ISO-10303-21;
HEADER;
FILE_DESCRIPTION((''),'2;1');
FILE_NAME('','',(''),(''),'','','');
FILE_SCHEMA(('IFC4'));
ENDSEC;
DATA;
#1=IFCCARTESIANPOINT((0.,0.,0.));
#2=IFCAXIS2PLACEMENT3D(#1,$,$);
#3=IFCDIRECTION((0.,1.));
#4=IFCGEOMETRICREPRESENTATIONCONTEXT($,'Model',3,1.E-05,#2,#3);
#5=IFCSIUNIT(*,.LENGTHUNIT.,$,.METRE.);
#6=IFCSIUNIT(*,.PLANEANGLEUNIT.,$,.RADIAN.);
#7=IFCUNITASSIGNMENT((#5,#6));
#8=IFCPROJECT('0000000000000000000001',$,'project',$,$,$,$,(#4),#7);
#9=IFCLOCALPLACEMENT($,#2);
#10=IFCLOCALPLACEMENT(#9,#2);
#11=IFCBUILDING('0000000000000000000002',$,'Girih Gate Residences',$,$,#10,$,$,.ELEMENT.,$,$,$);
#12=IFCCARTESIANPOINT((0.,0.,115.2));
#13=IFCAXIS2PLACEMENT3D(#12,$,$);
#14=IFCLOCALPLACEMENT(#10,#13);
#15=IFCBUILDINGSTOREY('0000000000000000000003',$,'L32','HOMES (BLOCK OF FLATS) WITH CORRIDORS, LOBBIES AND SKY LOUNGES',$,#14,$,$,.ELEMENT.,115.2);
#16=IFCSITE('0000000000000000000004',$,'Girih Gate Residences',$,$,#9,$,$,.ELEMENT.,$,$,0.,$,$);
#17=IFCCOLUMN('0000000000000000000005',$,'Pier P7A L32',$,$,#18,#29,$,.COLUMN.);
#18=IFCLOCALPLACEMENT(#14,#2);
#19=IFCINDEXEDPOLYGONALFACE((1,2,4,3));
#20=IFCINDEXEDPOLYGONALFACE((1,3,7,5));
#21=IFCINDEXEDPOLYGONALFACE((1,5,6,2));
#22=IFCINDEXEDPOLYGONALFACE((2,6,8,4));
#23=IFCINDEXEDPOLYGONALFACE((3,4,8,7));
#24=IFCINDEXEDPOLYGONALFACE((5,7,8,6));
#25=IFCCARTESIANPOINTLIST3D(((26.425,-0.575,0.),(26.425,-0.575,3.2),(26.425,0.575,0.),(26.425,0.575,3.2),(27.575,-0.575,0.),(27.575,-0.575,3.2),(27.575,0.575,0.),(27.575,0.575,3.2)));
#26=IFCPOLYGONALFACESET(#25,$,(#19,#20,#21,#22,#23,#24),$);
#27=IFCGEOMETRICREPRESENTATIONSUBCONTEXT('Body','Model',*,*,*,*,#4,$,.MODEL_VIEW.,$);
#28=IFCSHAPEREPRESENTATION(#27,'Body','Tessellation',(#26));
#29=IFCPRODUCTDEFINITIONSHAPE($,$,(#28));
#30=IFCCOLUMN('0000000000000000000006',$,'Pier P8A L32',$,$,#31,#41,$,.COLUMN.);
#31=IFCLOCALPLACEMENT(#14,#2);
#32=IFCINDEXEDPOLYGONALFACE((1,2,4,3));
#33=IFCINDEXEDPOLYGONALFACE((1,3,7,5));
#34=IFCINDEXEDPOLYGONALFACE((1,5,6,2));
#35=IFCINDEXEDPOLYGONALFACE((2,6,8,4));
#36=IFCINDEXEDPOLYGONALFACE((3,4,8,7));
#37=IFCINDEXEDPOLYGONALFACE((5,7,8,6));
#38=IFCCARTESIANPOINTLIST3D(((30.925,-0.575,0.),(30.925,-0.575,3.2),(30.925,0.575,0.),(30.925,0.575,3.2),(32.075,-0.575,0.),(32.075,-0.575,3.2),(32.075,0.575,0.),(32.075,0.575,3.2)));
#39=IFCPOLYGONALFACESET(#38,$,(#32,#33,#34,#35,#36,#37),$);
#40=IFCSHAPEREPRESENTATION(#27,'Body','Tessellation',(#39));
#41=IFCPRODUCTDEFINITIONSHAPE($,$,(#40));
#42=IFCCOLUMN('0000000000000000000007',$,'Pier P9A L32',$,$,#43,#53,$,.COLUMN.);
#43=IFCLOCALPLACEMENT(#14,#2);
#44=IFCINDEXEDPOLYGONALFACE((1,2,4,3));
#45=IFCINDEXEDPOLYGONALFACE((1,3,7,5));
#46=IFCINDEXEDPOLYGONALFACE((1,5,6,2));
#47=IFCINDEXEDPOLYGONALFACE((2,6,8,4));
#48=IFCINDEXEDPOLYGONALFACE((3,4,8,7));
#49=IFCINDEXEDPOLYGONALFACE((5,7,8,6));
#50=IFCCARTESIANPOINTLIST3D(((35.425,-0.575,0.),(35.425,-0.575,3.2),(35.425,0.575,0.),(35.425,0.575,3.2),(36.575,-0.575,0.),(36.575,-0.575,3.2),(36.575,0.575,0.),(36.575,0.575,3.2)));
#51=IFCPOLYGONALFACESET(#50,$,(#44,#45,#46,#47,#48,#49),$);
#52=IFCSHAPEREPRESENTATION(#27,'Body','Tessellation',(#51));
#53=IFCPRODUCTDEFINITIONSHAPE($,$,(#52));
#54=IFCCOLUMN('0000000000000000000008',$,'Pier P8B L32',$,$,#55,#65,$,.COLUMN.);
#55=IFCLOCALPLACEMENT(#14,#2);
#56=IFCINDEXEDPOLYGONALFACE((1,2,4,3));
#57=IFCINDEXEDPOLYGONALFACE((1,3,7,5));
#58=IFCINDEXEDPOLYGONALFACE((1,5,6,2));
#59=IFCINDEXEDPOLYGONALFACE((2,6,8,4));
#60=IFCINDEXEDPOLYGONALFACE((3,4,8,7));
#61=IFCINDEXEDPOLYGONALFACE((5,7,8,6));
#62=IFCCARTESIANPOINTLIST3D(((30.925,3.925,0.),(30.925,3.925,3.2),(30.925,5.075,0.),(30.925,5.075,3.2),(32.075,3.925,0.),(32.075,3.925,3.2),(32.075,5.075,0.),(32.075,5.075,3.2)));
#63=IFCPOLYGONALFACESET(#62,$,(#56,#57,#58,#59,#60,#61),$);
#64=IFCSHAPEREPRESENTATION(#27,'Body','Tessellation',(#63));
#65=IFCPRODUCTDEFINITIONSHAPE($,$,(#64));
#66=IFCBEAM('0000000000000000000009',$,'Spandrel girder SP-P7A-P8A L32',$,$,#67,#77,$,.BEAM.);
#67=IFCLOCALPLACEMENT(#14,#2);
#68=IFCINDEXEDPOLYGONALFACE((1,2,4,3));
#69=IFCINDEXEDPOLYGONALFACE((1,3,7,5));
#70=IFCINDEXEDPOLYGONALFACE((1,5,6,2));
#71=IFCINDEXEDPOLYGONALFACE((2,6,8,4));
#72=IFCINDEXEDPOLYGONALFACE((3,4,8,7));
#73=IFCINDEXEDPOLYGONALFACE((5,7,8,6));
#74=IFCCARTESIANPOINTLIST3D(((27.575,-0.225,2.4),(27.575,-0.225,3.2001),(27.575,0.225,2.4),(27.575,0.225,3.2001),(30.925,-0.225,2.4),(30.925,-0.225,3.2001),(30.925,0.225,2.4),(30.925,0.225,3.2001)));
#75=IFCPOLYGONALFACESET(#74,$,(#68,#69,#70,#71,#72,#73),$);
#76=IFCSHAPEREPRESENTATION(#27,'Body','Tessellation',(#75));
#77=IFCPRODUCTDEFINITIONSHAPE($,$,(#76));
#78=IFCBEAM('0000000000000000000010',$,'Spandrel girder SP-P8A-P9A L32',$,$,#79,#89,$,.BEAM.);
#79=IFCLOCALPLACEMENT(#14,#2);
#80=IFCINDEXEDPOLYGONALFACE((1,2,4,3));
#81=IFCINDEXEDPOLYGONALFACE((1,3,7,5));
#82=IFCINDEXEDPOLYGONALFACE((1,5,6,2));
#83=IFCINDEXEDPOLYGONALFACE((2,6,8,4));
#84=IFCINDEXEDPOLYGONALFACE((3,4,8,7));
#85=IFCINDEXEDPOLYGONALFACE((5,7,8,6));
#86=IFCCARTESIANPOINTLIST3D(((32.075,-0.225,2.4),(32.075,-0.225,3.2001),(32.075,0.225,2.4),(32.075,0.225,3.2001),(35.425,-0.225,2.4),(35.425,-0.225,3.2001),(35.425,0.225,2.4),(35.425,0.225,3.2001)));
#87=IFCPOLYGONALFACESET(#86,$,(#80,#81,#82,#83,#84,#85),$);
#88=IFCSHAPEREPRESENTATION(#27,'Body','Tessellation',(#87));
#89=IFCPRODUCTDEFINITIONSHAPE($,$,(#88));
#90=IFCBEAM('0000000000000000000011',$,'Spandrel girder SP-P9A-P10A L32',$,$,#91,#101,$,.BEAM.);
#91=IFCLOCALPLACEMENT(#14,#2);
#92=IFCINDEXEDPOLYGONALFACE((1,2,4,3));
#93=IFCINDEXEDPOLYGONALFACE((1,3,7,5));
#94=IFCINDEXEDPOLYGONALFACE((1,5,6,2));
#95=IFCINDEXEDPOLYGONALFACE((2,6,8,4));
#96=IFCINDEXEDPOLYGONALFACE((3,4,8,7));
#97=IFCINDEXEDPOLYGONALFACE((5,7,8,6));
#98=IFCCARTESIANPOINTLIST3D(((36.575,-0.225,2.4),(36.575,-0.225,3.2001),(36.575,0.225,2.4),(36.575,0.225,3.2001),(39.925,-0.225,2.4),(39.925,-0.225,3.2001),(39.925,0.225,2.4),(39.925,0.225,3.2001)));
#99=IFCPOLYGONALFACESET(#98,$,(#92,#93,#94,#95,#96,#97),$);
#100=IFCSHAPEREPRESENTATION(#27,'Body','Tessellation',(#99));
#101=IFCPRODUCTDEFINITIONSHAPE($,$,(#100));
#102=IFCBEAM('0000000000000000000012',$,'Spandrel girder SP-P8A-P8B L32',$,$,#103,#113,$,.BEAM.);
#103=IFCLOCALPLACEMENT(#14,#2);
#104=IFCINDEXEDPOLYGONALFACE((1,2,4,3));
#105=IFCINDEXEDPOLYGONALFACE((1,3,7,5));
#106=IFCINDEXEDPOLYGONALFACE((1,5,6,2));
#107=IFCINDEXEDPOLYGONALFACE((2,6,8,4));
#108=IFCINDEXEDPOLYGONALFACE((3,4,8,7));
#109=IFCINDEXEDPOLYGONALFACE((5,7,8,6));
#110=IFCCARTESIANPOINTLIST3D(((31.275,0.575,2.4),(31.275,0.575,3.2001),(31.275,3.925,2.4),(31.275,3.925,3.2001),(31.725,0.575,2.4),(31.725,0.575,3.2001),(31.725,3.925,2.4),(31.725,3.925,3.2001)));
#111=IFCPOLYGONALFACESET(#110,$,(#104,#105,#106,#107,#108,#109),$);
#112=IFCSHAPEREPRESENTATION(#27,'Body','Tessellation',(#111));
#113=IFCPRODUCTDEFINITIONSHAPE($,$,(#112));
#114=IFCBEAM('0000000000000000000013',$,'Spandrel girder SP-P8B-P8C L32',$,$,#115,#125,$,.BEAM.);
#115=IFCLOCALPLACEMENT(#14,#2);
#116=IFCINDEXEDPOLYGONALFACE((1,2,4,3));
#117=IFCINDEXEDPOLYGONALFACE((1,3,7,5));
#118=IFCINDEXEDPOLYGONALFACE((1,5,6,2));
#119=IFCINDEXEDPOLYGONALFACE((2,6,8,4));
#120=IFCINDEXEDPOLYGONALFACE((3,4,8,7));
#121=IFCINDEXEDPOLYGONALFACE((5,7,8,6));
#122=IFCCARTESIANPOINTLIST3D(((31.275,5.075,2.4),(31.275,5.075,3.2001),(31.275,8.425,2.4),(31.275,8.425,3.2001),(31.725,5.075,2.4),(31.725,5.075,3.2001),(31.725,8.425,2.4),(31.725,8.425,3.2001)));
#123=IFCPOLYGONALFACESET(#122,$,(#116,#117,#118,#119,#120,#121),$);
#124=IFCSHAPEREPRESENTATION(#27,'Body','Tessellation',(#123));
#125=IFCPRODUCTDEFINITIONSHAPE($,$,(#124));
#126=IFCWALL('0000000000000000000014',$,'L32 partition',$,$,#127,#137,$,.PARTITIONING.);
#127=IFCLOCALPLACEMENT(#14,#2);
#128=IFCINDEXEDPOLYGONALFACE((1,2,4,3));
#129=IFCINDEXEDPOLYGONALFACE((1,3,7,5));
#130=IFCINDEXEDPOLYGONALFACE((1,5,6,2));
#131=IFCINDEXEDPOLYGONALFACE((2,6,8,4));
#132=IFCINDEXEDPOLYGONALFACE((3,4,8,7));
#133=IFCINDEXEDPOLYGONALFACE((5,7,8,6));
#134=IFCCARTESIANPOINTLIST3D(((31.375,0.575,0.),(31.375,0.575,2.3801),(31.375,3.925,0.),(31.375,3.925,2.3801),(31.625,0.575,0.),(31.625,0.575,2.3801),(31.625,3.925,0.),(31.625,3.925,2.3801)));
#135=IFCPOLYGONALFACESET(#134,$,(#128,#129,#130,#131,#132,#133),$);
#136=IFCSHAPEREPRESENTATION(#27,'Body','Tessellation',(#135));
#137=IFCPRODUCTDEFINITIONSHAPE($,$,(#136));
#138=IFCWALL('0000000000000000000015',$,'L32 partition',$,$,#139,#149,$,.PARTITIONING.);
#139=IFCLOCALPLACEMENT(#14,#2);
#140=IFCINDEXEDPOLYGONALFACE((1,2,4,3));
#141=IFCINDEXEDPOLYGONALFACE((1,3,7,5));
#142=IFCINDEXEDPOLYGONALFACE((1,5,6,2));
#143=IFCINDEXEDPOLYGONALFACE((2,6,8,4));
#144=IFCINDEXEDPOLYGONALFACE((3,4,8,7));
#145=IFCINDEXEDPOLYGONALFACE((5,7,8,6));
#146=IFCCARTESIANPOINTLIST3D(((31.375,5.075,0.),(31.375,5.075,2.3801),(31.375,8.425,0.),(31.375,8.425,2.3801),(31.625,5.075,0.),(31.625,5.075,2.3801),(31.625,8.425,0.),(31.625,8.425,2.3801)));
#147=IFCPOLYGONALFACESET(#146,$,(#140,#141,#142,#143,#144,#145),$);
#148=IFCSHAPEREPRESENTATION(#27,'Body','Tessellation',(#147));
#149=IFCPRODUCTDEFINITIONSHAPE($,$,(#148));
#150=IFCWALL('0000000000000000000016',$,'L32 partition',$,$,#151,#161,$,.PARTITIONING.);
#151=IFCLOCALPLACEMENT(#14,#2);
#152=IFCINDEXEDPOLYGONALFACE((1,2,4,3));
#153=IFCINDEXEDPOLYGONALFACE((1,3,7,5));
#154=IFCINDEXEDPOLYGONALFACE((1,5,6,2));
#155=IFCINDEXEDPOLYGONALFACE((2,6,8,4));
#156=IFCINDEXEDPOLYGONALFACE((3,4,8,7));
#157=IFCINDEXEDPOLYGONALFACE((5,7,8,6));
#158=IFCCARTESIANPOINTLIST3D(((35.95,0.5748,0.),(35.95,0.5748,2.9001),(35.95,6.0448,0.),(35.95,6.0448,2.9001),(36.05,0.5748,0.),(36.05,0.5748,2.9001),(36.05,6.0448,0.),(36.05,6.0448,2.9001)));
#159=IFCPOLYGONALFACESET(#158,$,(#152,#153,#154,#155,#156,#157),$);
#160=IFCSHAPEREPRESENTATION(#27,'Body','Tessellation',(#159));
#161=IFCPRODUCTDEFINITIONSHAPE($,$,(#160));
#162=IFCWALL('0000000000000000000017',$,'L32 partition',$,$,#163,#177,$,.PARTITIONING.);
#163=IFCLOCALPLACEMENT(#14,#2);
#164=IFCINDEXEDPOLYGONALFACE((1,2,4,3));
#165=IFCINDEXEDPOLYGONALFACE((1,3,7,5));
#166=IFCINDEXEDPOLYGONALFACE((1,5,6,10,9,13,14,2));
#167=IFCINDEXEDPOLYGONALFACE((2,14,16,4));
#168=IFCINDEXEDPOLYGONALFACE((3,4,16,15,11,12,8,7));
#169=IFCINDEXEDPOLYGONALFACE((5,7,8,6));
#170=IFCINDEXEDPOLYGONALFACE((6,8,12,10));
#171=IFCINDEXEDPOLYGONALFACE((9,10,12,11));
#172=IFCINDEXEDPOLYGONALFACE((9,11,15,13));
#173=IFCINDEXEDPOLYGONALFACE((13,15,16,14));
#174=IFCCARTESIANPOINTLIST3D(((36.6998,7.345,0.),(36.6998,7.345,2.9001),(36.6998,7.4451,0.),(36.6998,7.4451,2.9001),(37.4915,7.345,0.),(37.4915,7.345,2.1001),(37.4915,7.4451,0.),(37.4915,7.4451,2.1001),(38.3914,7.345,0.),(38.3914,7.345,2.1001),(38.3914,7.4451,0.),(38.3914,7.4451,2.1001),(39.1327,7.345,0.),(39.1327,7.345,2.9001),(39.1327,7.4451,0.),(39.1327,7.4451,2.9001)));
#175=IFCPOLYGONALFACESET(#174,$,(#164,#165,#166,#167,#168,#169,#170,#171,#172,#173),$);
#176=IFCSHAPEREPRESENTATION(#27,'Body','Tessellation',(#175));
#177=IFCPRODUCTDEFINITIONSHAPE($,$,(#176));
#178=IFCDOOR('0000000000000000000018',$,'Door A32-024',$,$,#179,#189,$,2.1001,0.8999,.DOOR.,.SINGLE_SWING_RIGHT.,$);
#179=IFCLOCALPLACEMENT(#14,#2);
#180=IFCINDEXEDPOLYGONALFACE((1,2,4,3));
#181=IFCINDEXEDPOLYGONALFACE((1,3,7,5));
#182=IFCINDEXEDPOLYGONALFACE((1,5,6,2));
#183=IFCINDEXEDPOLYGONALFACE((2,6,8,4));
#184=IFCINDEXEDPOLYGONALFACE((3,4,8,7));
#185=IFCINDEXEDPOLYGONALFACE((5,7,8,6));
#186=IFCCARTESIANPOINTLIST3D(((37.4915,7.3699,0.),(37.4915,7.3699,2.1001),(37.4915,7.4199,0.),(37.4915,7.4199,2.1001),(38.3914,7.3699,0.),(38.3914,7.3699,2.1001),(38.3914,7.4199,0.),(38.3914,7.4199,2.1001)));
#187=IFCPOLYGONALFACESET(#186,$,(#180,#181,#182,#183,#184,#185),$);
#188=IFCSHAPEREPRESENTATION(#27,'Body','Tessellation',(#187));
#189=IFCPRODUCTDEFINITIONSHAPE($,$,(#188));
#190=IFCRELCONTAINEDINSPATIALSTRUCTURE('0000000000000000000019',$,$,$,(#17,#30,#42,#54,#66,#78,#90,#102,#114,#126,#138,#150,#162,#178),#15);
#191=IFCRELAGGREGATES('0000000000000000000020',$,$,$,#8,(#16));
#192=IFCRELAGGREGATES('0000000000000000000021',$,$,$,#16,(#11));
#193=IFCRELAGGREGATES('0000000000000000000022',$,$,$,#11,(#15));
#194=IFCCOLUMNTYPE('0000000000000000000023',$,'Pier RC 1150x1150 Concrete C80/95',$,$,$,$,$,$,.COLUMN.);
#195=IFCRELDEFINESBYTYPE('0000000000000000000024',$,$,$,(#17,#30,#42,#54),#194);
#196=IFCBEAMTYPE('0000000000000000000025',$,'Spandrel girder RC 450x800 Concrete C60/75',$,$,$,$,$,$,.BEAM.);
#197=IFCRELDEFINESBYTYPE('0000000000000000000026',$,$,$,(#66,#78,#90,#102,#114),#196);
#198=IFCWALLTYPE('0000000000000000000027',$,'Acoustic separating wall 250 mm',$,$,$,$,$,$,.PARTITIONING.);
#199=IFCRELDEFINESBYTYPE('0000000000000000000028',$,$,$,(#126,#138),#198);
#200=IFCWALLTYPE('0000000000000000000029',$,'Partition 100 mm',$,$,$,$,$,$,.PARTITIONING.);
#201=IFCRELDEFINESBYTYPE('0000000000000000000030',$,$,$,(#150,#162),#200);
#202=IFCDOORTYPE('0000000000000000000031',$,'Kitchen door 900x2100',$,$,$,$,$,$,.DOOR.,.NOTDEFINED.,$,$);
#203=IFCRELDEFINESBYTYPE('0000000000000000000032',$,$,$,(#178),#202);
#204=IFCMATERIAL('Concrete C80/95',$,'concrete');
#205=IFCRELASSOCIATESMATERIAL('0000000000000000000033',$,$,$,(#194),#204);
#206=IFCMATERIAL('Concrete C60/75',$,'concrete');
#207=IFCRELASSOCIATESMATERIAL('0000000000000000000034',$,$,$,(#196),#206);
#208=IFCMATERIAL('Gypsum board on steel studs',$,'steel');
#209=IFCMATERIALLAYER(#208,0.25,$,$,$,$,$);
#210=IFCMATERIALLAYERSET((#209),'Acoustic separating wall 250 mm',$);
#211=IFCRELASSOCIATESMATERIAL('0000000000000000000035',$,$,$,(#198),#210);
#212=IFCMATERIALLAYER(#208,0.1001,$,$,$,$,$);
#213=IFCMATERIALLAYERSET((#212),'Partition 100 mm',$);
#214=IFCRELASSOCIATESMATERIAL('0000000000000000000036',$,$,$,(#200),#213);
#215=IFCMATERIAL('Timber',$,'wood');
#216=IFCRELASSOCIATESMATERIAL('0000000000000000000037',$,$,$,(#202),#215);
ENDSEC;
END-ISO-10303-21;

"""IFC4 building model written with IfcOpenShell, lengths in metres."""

from ifc_helpers import new_model, si_unit, direction, frame, frame_2d, origin, origin_2d, place, context, subcontext, project, spatial, rectangle, extrude, material, layer, layer_set, material_profile, profile_set, type_object, element, fill, save


model = new_model("IFC4")

# Units and contexts
model_context = context("Model", 3, precision=1e-05, world=origin(), true_north=direction((0.0, 1.0)))
body_context = subcontext(model_context, "Body", "Model", "MODEL_VIEW")
ifc_project = project(units=[si_unit("LENGTHUNIT", "METRE"), si_unit("PLANEANGLEUNIT", "RADIAN")], contexts=[model_context])

# Site, building, storey
site_placement = place(None, origin())
site = spatial("IfcSite", under=ifc_project, at=site_placement, Name="Girih Gate Residences", CompositionType="ELEMENT", RefElevation=0.0)
building_placement = place(site_placement, origin())
building = spatial("IfcBuilding", under=site, at=building_placement, Name="Girih Gate Residences", CompositionType="ELEMENT")
storey_placement = place(building_placement, frame((0.0, 0.0, 115.2)))
storey = spatial("IfcBuildingStorey", under=building, at=storey_placement, Name="L32", Description="HOMES (BLOCK OF FLATS) WITH CORRIDORS, LOBBIES AND SKY LOUNGES", CompositionType="ELEMENT", Elevation=115.2)

# Columns
ifc_material_1 = material(Name="Concrete C80/95", Category="concrete")
ifc_material_profile_1 = material_profile(ifc_material_1, rectangle(XDim=1.1499, YDim=1.1499, at=origin_2d()))
ifc_profile_set_1 = profile_set([ifc_material_profile_1], Name="Concrete C80/95")
column_type = type_object("IfcColumnType", Name="Pier RC 1150x1150 Concrete C80/95", PredefinedType="COLUMN", material=ifc_profile_set_1)
for number, where, z_axis, x_axis, name in (
    (1, (27.0, 0.0, 0.0), (0.0, 0.0, 1.0), (1.0, 0.0, 0.0), "Pier P7A L32"),
    (2, (31.5, 0.0, 0.0), (0.0, 0.0, 1.0), (1.0, 0.0, 0.0), "Pier P8A L32"),
    (3, (36.0, 0.0, 0.0), (0.0, 0.0, 1.0), (1.0, 0.0, 0.0), "Pier P9A L32"),
    (4, (31.5, 4.5, 0.0), (0.0, 0.0, 1.0), (1.0, 0.0, 0.0), "Pier P8B L32"),
):
    element("IfcColumn", number, at=place(storey_placement, frame(where, z_axis=z_axis, x_axis=x_axis)), inside=storey, type_object=column_type, Name=name, PredefinedType="COLUMN", context=body_context, shape_type="SweptSolid", body=[
        extrude(rectangle(XDim=1.1499, YDim=1.1499, at=origin_2d()), origin(), (0.0, 0.0, 1.0), 3.2),
    ])

# Beams
ifc_material_2 = material(Name="Concrete C60/75", Category="concrete")
ifc_material_profile_2 = material_profile(ifc_material_2, rectangle(XDim=0.45, YDim=0.8, at=origin_2d()))
ifc_profile_set_2 = profile_set([ifc_material_profile_2], Name="Concrete C60/75")
beam_type = type_object("IfcBeamType", Name="Spandrel girder RC 450x800 Concrete C60/75", PredefinedType="BEAM", material=ifc_profile_set_2)
for number, where, z_axis, x_axis, name in (
    (5, (27.575, 0.0, 2.8), (1.0, 0.0, 0.0), (0.0, 1.0, 0.0), "Spandrel girder SP-P7A-P8A L32"),
    (6, (32.075, 0.0, 2.8), (1.0, 0.0, 0.0), (0.0, 1.0, 0.0), "Spandrel girder SP-P8A-P9A L32"),
    (7, (36.575, 0.0, 2.8), (1.0, 0.0, 0.0), (0.0, 1.0, 0.0), "Spandrel girder SP-P9A-P10A L32"),
    (8, (31.5, 0.575, 2.8), (0.0, 1.0, 0.0), (-1.0, 0.0, 0.0), "Spandrel girder SP-P8A-P8B L32"),
    (9, (31.5, 5.075, 2.8), (0.0, 1.0, 0.0), (-1.0, 0.0, 0.0), "Spandrel girder SP-P8B-P8C L32"),
):
    element("IfcBeam", number, at=place(storey_placement, frame(where, z_axis=z_axis, x_axis=x_axis)), inside=storey, type_object=beam_type, Name=name, PredefinedType="BEAM", context=body_context, shape_type="SweptSolid", body=[
        extrude(rectangle(XDim=0.45, YDim=0.8, at=origin_2d()), origin(), (0.0, 0.0, 1.0), 3.3501),
    ])

# Walls
ifc_material_3 = material(Name="Gypsum board on steel studs", Category="steel")
ifc_layer_1 = layer(ifc_material_3, 0.25)
ifc_layer_set_1 = layer_set([ifc_layer_1], Name="Acoustic separating wall 250 mm")
wall_type_1 = type_object("IfcWallType", Name="Acoustic separating wall 250 mm", PredefinedType="PARTITIONING", material=ifc_layer_set_1)
for number, where, z_axis, x_axis, name in (
    (10, (31.5, 0.575, 0.0), (0.0, 0.0, 1.0), (0.0, 1.0, 0.0), "L32 partition"),
    (11, (31.5, 5.075, 0.0), (0.0, 0.0, 1.0), (0.0, 1.0, 0.0), "L32 partition"),
):
    element("IfcWall", number, at=place(storey_placement, frame(where, z_axis=z_axis, x_axis=x_axis)), inside=storey, type_object=wall_type_1, Name=name, PredefinedType="PARTITIONING", context=body_context, shape_type="SweptSolid", body=[
        extrude(rectangle(XDim=3.3501, YDim=0.25, at=frame_2d((1.675, 0.0))), origin(), (0.0, 0.0, 1.0), 2.3801),
    ])
ifc_layer_2 = layer(ifc_material_3, 0.1001)
ifc_layer_set_2 = layer_set([ifc_layer_2], Name="Partition 100 mm")
wall_type_2 = type_object("IfcWallType", Name="Partition 100 mm", PredefinedType="PARTITIONING", material=ifc_layer_set_2)
wall_1_placement = place(storey_placement, frame((36.0, 0.575, 0.0), z_axis=(0.0, 0.0, 1.0), x_axis=(0.0, 1.0, 0.0)))
element("IfcWall", 12, at=wall_1_placement, inside=storey, type_object=wall_type_2, Name="L32 partition", PredefinedType="PARTITIONING", context=body_context, shape_type="SweptSolid", body=[
    extrude(rectangle(XDim=5.47, YDim=0.1001, at=frame_2d((2.7349, 0.0))), origin(), (0.0, 0.0, 1.0), 2.9001),
])

# Wall, opening, door
wall_2_placement = place(storey_placement, frame((36.7, 7.395, 0.0), z_axis=(0.0, 0.0, 1.0), x_axis=(1.0, 0.0, 0.0)))
wall_2 = element("IfcWall", 13, at=wall_2_placement, inside=storey, type_object=wall_type_2, Name="L32 partition", PredefinedType="PARTITIONING", context=body_context, shape_type="SweptSolid", body=[
    extrude(rectangle(XDim=2.4329, YDim=0.1001, at=frame_2d((1.2163, 0.0))), origin(), (0.0, 0.0, 1.0), 2.9001),
])
opening_1_placement = place(wall_2_placement, frame((0.7915, 0.0, 0.0)))
opening_1 = element("IfcOpeningElement", 14, at=opening_1_placement, cuts=wall_2, PredefinedType="OPENING", context=body_context, shape_type="SweptSolid", body=[
    extrude(rectangle(XDim=0.8999, YDim=2.1001, at=frame_2d((0.45, 1.05))), frame((0.0, 0.0601, 0.0), z_axis=(0.0, -1.0, 0.0), x_axis=(1.0, 0.0, 0.0)), (0.0, 0.0, 1.0), 0.1201),
])
ifc_material_4 = material(Name="Timber", Category="wood")
door_type_1 = type_object("IfcDoorType", Name="Kitchen door 900x2100", OperationType="NOTDEFINED", PredefinedType="DOOR", material=ifc_material_4)
door_1_placement = place(opening_1_placement, origin())
door_1 = element("IfcDoor", 15, at=door_1_placement, inside=storey, type_object=door_type_1, Name="Door A32-024", OperationType="SINGLE_SWING_RIGHT", OverallHeight=2.1001, OverallWidth=0.8999, PredefinedType="DOOR", context=body_context, shape_type="SweptSolid", body=[
    extrude(rectangle(XDim=0.8999, YDim=2.1001, at=frame_2d((0.45, 1.05))), frame((0.0, 0.0249, 0.0), z_axis=(0.0, -1.0, 0.0), x_axis=(1.0, 0.0, 0.0)), (0.0, 0.0, 1.0), 0.05),
])
fill(opening_1, door_1)

save(model, "model.ifc")
